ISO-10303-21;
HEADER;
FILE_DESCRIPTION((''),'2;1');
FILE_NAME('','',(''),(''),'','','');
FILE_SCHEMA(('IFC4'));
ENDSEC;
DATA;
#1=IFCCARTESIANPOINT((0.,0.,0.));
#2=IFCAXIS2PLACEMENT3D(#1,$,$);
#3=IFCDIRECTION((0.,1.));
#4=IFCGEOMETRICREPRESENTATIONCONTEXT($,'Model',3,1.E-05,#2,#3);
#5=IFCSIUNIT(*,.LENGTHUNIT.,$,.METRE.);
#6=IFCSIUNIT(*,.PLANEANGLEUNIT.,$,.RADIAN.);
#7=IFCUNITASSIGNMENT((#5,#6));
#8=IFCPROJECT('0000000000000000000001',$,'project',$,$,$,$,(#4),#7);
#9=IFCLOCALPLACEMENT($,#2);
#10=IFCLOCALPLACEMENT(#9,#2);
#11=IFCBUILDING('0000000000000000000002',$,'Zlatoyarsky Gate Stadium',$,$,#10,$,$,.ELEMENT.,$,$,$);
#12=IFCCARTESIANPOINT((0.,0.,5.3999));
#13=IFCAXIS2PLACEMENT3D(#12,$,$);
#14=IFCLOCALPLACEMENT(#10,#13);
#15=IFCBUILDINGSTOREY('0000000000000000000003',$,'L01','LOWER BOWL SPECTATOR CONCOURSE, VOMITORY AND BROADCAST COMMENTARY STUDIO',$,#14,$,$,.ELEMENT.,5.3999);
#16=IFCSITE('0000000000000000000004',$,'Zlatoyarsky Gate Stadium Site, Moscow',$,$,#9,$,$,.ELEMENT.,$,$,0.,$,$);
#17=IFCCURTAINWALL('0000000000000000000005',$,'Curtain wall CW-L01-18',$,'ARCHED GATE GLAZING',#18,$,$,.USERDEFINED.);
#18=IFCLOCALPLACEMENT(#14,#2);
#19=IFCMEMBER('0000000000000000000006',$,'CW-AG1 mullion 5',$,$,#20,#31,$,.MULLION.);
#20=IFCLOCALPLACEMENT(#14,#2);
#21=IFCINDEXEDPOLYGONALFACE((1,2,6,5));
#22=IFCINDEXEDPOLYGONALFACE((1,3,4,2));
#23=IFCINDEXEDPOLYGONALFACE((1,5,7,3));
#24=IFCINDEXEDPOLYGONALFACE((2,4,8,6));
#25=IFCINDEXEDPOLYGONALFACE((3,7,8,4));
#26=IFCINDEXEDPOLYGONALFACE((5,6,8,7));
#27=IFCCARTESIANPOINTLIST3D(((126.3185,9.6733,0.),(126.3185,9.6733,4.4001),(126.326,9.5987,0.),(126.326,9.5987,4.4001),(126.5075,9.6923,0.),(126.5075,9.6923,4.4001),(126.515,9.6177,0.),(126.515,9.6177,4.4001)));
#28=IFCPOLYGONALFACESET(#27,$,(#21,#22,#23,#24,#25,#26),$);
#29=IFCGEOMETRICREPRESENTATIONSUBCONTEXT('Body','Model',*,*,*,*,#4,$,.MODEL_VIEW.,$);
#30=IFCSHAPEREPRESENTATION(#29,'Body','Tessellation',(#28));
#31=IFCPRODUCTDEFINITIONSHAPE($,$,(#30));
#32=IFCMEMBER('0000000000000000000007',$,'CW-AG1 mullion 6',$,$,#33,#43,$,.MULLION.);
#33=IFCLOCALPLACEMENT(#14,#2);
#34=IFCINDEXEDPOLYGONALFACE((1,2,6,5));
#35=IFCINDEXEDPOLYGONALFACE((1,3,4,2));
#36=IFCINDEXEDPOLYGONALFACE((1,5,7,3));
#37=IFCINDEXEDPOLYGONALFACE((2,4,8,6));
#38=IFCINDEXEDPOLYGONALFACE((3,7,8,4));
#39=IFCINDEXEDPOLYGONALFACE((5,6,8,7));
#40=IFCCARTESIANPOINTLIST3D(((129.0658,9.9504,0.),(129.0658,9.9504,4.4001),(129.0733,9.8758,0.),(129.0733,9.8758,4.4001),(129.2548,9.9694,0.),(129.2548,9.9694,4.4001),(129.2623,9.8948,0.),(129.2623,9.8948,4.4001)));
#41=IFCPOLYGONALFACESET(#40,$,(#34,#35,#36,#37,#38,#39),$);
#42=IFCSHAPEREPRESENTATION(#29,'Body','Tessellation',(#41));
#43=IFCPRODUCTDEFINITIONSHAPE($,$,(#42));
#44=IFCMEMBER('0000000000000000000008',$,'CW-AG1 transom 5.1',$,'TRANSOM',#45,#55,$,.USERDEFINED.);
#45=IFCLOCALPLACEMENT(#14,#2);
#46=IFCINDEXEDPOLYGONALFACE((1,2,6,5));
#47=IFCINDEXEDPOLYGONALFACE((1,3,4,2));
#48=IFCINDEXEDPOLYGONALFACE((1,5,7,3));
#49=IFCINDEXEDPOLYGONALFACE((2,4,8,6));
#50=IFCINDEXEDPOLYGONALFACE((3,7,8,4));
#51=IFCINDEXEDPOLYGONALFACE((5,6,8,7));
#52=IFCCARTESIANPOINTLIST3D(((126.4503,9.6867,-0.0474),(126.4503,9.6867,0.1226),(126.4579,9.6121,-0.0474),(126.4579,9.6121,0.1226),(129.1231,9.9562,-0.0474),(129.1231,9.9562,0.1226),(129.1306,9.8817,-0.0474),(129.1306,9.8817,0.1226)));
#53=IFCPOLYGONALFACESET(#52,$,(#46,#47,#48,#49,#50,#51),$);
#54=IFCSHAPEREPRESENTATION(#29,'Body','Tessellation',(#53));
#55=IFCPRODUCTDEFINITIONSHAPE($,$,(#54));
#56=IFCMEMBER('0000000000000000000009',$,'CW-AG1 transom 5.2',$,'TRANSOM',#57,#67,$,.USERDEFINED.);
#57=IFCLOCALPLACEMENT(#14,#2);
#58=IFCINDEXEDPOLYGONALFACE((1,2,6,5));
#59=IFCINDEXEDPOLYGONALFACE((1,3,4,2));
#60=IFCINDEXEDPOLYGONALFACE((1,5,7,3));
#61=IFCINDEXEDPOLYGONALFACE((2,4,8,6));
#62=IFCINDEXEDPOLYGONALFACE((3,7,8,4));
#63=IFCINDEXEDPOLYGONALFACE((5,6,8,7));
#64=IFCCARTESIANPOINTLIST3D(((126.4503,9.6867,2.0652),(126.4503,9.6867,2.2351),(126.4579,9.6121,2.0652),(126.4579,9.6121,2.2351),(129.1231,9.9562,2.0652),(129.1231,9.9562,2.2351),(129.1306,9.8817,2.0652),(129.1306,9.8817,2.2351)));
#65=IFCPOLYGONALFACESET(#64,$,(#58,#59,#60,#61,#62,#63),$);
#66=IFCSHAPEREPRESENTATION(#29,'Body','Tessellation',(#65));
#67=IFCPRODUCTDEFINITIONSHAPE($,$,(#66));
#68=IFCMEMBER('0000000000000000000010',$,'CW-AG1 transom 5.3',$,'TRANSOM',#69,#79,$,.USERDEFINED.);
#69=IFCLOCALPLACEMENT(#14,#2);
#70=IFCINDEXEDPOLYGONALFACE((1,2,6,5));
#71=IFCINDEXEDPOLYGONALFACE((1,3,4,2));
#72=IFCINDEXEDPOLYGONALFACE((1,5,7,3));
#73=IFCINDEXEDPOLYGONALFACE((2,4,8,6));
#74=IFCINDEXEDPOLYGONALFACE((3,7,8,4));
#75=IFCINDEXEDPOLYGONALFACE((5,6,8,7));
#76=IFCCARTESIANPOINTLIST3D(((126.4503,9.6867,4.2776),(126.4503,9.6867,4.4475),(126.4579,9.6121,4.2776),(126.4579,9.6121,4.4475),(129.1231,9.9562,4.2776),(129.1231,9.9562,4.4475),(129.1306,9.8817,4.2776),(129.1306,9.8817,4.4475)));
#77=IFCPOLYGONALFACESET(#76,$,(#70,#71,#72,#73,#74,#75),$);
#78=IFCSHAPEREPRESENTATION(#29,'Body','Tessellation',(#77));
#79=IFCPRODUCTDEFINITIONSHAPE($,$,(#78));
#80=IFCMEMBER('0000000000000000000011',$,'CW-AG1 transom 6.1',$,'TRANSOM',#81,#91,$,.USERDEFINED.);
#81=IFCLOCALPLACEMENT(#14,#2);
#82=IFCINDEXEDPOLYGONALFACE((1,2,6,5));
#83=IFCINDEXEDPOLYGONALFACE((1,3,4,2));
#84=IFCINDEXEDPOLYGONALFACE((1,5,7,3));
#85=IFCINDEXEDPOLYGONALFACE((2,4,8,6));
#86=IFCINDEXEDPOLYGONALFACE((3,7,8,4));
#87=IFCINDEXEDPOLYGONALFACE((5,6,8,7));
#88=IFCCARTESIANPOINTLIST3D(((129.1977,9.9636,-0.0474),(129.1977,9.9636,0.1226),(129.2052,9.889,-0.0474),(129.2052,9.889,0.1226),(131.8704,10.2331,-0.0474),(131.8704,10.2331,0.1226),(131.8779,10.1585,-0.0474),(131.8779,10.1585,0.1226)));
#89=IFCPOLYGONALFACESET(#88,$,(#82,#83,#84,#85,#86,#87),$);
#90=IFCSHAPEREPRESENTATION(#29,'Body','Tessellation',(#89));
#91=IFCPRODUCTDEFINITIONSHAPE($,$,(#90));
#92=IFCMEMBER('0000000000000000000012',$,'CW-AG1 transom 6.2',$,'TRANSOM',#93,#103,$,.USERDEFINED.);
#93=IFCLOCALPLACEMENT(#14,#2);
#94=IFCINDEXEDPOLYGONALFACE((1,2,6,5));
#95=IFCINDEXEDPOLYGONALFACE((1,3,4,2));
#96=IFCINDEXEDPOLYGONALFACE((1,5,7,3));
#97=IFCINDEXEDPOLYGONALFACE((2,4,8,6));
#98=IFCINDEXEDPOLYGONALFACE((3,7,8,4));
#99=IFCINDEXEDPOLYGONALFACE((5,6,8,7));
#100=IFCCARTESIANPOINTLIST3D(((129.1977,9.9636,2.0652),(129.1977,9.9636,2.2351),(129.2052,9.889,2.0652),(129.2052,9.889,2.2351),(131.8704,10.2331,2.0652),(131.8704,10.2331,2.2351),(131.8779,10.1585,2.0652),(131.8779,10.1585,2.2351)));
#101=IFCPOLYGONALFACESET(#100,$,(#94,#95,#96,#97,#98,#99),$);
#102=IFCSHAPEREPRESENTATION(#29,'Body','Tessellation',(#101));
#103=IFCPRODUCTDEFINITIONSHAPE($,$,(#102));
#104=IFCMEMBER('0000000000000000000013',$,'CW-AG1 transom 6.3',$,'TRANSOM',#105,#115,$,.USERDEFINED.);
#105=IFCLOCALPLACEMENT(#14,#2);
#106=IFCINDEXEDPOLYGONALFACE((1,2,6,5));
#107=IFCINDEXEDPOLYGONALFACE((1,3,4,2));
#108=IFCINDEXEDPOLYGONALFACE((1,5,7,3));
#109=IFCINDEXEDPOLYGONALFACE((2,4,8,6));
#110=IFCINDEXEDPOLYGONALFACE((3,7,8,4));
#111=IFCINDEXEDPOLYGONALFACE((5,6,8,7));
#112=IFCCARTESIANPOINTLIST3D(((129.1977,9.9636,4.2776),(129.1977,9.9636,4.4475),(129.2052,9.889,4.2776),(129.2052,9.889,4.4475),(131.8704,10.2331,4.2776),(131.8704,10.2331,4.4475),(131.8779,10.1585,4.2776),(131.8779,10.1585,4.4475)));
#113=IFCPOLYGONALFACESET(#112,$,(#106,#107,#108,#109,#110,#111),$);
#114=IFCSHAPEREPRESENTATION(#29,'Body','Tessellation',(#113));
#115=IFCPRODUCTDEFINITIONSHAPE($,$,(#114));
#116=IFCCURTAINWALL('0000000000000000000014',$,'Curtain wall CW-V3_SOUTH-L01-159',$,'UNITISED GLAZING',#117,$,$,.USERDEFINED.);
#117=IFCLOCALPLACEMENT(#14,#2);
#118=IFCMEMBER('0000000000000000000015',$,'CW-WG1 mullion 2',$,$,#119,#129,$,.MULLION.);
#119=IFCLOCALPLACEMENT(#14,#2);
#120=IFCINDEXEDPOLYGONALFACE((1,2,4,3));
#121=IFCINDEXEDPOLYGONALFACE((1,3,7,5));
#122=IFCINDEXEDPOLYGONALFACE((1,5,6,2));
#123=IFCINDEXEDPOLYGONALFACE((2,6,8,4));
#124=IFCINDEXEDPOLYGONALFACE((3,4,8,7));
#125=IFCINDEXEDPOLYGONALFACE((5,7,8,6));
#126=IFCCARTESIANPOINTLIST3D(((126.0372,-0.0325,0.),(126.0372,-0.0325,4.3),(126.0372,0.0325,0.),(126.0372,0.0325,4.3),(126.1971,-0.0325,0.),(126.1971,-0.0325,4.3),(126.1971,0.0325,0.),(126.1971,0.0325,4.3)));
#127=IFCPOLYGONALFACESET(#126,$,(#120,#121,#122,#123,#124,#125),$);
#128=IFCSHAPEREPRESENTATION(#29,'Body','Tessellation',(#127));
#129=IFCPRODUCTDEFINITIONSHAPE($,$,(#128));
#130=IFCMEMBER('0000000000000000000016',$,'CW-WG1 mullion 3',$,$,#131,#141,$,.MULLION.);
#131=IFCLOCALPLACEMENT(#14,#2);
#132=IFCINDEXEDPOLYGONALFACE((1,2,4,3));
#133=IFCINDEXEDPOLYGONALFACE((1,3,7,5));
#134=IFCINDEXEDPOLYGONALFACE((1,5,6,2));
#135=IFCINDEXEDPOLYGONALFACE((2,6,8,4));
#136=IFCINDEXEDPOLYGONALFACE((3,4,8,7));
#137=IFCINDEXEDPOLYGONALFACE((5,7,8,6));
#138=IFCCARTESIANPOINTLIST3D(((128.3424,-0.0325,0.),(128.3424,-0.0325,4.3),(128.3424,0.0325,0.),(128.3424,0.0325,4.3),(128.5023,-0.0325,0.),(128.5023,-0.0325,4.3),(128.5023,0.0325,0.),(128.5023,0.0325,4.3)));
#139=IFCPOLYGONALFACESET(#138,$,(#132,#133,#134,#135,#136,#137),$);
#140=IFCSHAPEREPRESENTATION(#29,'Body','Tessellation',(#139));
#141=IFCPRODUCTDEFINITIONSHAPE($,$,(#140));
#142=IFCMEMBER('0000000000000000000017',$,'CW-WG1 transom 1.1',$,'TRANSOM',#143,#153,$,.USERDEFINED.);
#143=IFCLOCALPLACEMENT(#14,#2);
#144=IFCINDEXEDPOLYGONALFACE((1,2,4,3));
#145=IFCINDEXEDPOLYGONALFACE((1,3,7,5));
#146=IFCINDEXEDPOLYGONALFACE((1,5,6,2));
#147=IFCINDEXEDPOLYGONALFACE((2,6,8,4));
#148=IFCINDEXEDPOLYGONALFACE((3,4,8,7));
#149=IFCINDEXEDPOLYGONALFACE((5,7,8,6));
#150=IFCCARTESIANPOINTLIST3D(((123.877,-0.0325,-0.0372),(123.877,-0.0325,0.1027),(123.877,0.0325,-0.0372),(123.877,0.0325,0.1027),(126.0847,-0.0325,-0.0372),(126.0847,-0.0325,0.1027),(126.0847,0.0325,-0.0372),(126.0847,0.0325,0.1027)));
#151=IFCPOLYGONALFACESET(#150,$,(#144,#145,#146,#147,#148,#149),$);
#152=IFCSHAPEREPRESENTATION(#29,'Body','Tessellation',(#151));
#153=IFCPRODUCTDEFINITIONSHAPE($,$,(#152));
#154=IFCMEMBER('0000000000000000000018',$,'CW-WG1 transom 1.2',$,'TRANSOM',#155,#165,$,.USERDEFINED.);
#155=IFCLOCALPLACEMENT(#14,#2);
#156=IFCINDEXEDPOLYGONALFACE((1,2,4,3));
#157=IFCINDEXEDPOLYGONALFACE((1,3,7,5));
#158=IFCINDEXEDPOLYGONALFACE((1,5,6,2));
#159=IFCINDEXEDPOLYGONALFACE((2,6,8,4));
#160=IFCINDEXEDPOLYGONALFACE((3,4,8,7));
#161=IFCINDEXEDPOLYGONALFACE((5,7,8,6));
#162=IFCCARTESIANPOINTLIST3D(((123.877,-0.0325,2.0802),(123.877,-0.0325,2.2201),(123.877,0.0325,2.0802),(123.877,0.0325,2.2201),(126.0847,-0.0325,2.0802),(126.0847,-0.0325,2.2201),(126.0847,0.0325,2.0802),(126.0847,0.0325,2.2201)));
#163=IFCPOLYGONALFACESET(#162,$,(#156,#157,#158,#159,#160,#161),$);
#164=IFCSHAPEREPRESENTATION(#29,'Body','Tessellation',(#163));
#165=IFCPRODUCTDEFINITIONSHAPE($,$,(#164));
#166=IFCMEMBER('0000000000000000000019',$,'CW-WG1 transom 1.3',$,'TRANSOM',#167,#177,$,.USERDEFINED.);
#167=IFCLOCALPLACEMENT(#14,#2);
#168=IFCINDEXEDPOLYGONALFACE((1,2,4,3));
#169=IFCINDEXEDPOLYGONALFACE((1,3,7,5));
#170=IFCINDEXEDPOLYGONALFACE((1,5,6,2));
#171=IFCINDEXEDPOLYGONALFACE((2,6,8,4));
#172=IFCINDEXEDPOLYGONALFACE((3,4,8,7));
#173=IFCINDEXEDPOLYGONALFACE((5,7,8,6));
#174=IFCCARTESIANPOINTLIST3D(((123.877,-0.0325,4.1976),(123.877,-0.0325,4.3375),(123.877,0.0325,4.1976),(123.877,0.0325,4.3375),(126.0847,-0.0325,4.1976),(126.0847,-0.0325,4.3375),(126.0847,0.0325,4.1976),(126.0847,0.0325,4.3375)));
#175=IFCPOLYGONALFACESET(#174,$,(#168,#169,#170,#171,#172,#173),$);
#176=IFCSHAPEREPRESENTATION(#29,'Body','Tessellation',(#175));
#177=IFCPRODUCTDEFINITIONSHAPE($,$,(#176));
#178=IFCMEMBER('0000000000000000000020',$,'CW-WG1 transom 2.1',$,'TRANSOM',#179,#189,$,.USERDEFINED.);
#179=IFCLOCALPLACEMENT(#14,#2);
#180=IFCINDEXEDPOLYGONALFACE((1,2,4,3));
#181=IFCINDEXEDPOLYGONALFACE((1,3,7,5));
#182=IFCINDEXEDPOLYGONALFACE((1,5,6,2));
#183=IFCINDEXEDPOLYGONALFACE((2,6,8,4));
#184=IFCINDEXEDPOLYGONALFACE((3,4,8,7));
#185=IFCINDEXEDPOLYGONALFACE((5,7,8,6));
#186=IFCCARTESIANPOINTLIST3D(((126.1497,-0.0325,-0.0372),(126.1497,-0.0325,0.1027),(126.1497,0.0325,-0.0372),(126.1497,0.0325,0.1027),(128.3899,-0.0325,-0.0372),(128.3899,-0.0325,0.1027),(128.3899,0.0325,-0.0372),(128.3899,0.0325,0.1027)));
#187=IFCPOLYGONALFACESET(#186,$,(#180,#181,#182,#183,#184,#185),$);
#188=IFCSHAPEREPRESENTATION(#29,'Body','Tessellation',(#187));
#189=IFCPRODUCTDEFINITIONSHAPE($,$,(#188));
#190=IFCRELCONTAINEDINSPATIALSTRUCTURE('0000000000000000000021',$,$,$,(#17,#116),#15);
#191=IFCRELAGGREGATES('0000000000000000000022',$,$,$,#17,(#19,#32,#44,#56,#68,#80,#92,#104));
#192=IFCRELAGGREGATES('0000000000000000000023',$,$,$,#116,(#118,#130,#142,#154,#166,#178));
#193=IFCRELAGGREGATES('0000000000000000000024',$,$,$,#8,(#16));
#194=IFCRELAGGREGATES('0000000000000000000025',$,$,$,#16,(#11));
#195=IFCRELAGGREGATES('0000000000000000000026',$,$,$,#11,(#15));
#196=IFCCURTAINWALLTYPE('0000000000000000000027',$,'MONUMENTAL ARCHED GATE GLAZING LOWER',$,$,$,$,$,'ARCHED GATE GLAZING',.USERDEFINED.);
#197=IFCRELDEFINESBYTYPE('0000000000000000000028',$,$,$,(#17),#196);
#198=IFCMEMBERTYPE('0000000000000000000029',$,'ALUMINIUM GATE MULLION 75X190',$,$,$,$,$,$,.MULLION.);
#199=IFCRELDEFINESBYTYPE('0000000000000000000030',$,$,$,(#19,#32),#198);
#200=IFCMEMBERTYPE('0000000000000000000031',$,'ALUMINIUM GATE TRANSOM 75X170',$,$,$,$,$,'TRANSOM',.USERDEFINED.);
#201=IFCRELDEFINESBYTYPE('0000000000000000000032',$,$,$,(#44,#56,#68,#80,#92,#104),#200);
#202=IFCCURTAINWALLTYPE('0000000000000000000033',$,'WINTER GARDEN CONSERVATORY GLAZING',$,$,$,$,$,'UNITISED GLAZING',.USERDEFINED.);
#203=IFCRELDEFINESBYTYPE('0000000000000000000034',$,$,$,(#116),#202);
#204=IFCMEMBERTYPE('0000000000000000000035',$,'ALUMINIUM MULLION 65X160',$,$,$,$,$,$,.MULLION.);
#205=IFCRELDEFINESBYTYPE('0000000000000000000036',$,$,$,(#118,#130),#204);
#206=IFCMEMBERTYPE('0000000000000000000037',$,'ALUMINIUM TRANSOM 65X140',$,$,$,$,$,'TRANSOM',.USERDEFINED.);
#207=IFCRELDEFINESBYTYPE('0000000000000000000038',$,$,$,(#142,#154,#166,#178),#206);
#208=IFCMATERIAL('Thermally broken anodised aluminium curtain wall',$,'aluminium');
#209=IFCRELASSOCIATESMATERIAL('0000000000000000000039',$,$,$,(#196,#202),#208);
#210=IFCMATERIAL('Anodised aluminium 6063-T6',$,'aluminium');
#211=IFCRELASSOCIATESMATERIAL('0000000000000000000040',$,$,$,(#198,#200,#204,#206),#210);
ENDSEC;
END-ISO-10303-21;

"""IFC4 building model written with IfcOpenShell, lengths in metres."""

from ifc_helpers import new_model, si_unit, direction, frame, origin, origin_2d, place, context, subcontext, project, spatial, rectangle, extrude, material, material_profile, profile_set, type_object, element, aggregate, save


model = new_model("IFC4")

# Units and contexts
model_context = context("Model", 3, precision=1e-05, world=origin(), true_north=direction((0.0, 1.0)))
body_context = subcontext(model_context, "Body", "Model", "MODEL_VIEW")
ifc_project = project(units=[si_unit("LENGTHUNIT", "METRE"), si_unit("PLANEANGLEUNIT", "RADIAN")], contexts=[model_context])

# Site, building, storey
site_placement = place(None, origin())
site = spatial("IfcSite", under=ifc_project, at=site_placement, Name="Zlatoyarsky Gate Stadium Site, Moscow", CompositionType="ELEMENT", RefElevation=0.0)
building_placement = place(site_placement, origin())
building = spatial("IfcBuilding", under=site, at=building_placement, Name="Zlatoyarsky Gate Stadium", CompositionType="ELEMENT")
storey_placement = place(building_placement, frame((0.0, 0.0, 5.3999)))
storey = spatial("IfcBuildingStorey", under=building, at=storey_placement, Name="L01", Description="LOWER BOWL SPECTATOR CONCOURSE, VOMITORY AND BROADCAST COMMENTARY STUDIO", CompositionType="ELEMENT", Elevation=5.3999)

# Curtain walls, members
ifc_material_1 = material(Name="Thermally broken anodised aluminium curtain wall", Category="aluminium")
curtain_wall_type_1 = type_object("IfcCurtainWallType", Name="MONUMENTAL ARCHED GATE GLAZING LOWER", ElementType="ARCHED GATE GLAZING", PredefinedType="USERDEFINED", material=ifc_material_1)
curtain_wall_1_placement = place(storey_placement, origin())
curtain_wall_1 = element("IfcCurtainWall", 1, at=curtain_wall_1_placement, inside=storey, type_object=curtain_wall_type_1, Name="Curtain wall CW-L01-18", ObjectType="ARCHED GATE GLAZING", PredefinedType="USERDEFINED")
ifc_material_2 = material(Name="Anodised aluminium 6063-T6", Category="aluminium")
ifc_material_profile_1 = material_profile(ifc_material_2, rectangle(XDim=0.075, YDim=0.1899, at=origin_2d()), Name="ALU 75X190")
ifc_profile_set_1 = profile_set([ifc_material_profile_1], Name="Anodised aluminium 6063-T6")
member_type_1 = type_object("IfcMemberType", Name="ALUMINIUM GATE MULLION 75X190", PredefinedType="MULLION", material=ifc_profile_set_1)
member_1_placement = place(storey_placement, frame((126.4167, 9.6455, 0.0), z_axis=(0.0, 0.0, 1.0), x_axis=(-0.100303, 0.994957, 0.0)))
member_1 = element("IfcMember", 2, at=member_1_placement, type_object=member_type_1, Name="CW-AG1 mullion 5", PredefinedType="MULLION", context=body_context, shape_type="SweptSolid", body=[
    extrude(rectangle(XDim=0.075, YDim=0.1899, at=origin_2d()), origin(), (0.0, 0.0, 1.0), 4.4001),
])
member_2_placement = place(storey_placement, frame((129.1641, 9.9226, 0.0), z_axis=(0.0, 0.0, 1.0), x_axis=(-0.100303, 0.994957, 0.0)))
member_2 = element("IfcMember", 3, at=member_2_placement, type_object=member_type_1, Name="CW-AG1 mullion 6", PredefinedType="MULLION", context=body_context, shape_type="SweptSolid", body=[
    extrude(rectangle(XDim=0.075, YDim=0.1899, at=origin_2d()), origin(), (0.0, 0.0, 1.0), 4.4001),
])
ifc_material_profile_2 = material_profile(ifc_material_2, rectangle(XDim=0.075, YDim=0.1699, at=origin_2d()), Name="ALU 75X170")
ifc_profile_set_2 = profile_set([ifc_material_profile_2], Name="Anodised aluminium 6063-T6")
member_type_2 = type_object("IfcMemberType", Name="ALUMINIUM GATE TRANSOM 75X170", ElementType="TRANSOM", PredefinedType="USERDEFINED", material=ifc_profile_set_2)
member_3_placement = place(storey_placement, frame((126.4541, 9.6494, 0.0376), z_axis=(0.994953, 0.100341, 0.0), x_axis=(-0.100341, 0.994953, 0.0)))
member_3 = element("IfcMember", 4, at=member_3_placement, type_object=member_type_2, Name="CW-AG1 transom 5.1", ObjectType="TRANSOM", PredefinedType="USERDEFINED", context=body_context, shape_type="SweptSolid", body=[
    extrude(rectangle(XDim=0.075, YDim=0.1699, at=origin_2d()), origin(), (0.0, 0.0, 1.0), 2.6863),
])
member_4_placement = place(storey_placement, frame((126.4541, 9.6494, 2.1501), z_axis=(0.994953, 0.100341, 0.0), x_axis=(-0.100341, 0.994953, 0.0)))
member_4 = element("IfcMember", 5, at=member_4_placement, type_object=member_type_2, Name="CW-AG1 transom 5.2", ObjectType="TRANSOM", PredefinedType="USERDEFINED", context=body_context, shape_type="SweptSolid", body=[
    extrude(rectangle(XDim=0.075, YDim=0.1699, at=origin_2d()), origin(), (0.0, 0.0, 1.0), 2.6863),
])
member_5_placement = place(storey_placement, frame((126.4541, 9.6494, 4.3625), z_axis=(0.994953, 0.100341, 0.0), x_axis=(-0.100341, 0.994953, 0.0)))
member_5 = element("IfcMember", 6, at=member_5_placement, type_object=member_type_2, Name="CW-AG1 transom 5.3", ObjectType="TRANSOM", PredefinedType="USERDEFINED", context=body_context, shape_type="SweptSolid", body=[
    extrude(rectangle(XDim=0.075, YDim=0.1699, at=origin_2d()), origin(), (0.0, 0.0, 1.0), 2.6863),
])
member_6_placement = place(storey_placement, frame((129.2014, 9.9263, 0.0376), z_axis=(0.994953, 0.100341, 0.0), x_axis=(-0.100341, 0.994953, 0.0)))
member_6 = element("IfcMember", 7, at=member_6_placement, type_object=member_type_2, Name="CW-AG1 transom 6.1", ObjectType="TRANSOM", PredefinedType="USERDEFINED", context=body_context, shape_type="SweptSolid", body=[
    extrude(rectangle(XDim=0.075, YDim=0.1699, at=origin_2d()), origin(), (0.0, 0.0, 1.0), 2.6863),
])
member_7_placement = place(storey_placement, frame((129.2014, 9.9263, 2.1501), z_axis=(0.994953, 0.100341, 0.0), x_axis=(-0.100341, 0.994953, 0.0)))
member_7 = element("IfcMember", 8, at=member_7_placement, type_object=member_type_2, Name="CW-AG1 transom 6.2", ObjectType="TRANSOM", PredefinedType="USERDEFINED", context=body_context, shape_type="SweptSolid", body=[
    extrude(rectangle(XDim=0.075, YDim=0.1699, at=origin_2d()), origin(), (0.0, 0.0, 1.0), 2.6863),
])
member_8_placement = place(storey_placement, frame((129.2014, 9.9263, 4.3625), z_axis=(0.994953, 0.100341, 0.0), x_axis=(-0.100341, 0.994953, 0.0)))
member_8 = element("IfcMember", 9, at=member_8_placement, type_object=member_type_2, Name="CW-AG1 transom 6.3", ObjectType="TRANSOM", PredefinedType="USERDEFINED", context=body_context, shape_type="SweptSolid", body=[
    extrude(rectangle(XDim=0.075, YDim=0.1699, at=origin_2d()), origin(), (0.0, 0.0, 1.0), 2.6863),
])
curtain_wall_type_2 = type_object("IfcCurtainWallType", Name="WINTER GARDEN CONSERVATORY GLAZING", ElementType="UNITISED GLAZING", PredefinedType="USERDEFINED", material=ifc_material_1)
curtain_wall_2_placement = place(storey_placement, origin())
curtain_wall_2 = element("IfcCurtainWall", 10, at=curtain_wall_2_placement, inside=storey, type_object=curtain_wall_type_2, Name="Curtain wall CW-V3_SOUTH-L01-159", ObjectType="UNITISED GLAZING", PredefinedType="USERDEFINED")
ifc_material_profile_3 = material_profile(ifc_material_2, rectangle(XDim=0.0649, YDim=0.1599, at=origin_2d()), Name="ALU 65X160")
ifc_profile_set_3 = profile_set([ifc_material_profile_3], Name="Anodised aluminium 6063-T6")
member_type_3 = type_object("IfcMemberType", Name="ALUMINIUM MULLION 65X160", PredefinedType="MULLION", material=ifc_profile_set_3)
member_9_placement = place(storey_placement, frame((126.1172, 0.0, 0.0), z_axis=(0.0, 0.0, 1.0), x_axis=(0.0, 1.0, 0.0)))
member_9 = element("IfcMember", 11, at=member_9_placement, type_object=member_type_3, Name="CW-WG1 mullion 2", PredefinedType="MULLION", context=body_context, shape_type="SweptSolid", body=[
    extrude(rectangle(XDim=0.0649, YDim=0.1599, at=origin_2d()), origin(), (0.0, 0.0, 1.0), 4.3),
])
member_10_placement = place(storey_placement, frame((128.4224, 0.0, 0.0), z_axis=(0.0, 0.0, 1.0), x_axis=(0.0, 1.0, 0.0)))
member_10 = element("IfcMember", 12, at=member_10_placement, type_object=member_type_3, Name="CW-WG1 mullion 3", PredefinedType="MULLION", context=body_context, shape_type="SweptSolid", body=[
    extrude(rectangle(XDim=0.0649, YDim=0.1599, at=origin_2d()), origin(), (0.0, 0.0, 1.0), 4.3),
])
ifc_material_profile_4 = material_profile(ifc_material_2, rectangle(XDim=0.0649, YDim=0.1399, at=origin_2d()), Name="ALU 65X140")
ifc_profile_set_4 = profile_set([ifc_material_profile_4], Name="Anodised aluminium 6063-T6")
member_type_4 = type_object("IfcMemberType", Name="ALUMINIUM TRANSOM 65X140", ElementType="TRANSOM", PredefinedType="USERDEFINED", material=ifc_profile_set_4)
member_11_placement = place(storey_placement, frame((123.877, 0.0, 0.0327), z_axis=(1.0, 0.0, 0.0), x_axis=(0.0, 1.0, 0.0)))
member_11 = element("IfcMember", 13, at=member_11_placement, type_object=member_type_4, Name="CW-WG1 transom 1.1", ObjectType="TRANSOM", PredefinedType="USERDEFINED", context=body_context, shape_type="SweptSolid", body=[
    extrude(rectangle(XDim=0.0649, YDim=0.1399, at=origin_2d()), origin(), (0.0, 0.0, 1.0), 2.2078),
])
member_12_placement = place(storey_placement, frame((123.877, 0.0, 2.1501), z_axis=(1.0, 0.0, 0.0), x_axis=(0.0, 1.0, 0.0)))
member_12 = element("IfcMember", 14, at=member_12_placement, type_object=member_type_4, Name="CW-WG1 transom 1.2", ObjectType="TRANSOM", PredefinedType="USERDEFINED", context=body_context, shape_type="SweptSolid", body=[
    extrude(rectangle(XDim=0.0649, YDim=0.1399, at=origin_2d()), origin(), (0.0, 0.0, 1.0), 2.2078),
])
member_13_placement = place(storey_placement, frame((123.877, 0.0, 4.2676), z_axis=(1.0, 0.0, 0.0), x_axis=(0.0, 1.0, 0.0)))
member_13 = element("IfcMember", 15, at=member_13_placement, type_object=member_type_4, Name="CW-WG1 transom 1.3", ObjectType="TRANSOM", PredefinedType="USERDEFINED", context=body_context, shape_type="SweptSolid", body=[
    extrude(rectangle(XDim=0.0649, YDim=0.1399, at=origin_2d()), origin(), (0.0, 0.0, 1.0), 2.2078),
])
member_14_placement = place(storey_placement, frame((126.1497, 0.0, 0.0327), z_axis=(1.0, 0.0, 0.0), x_axis=(0.0, 1.0, 0.0)))
member_14 = element("IfcMember", 16, at=member_14_placement, type_object=member_type_4, Name="CW-WG1 transom 2.1", ObjectType="TRANSOM", PredefinedType="USERDEFINED", context=body_context, shape_type="SweptSolid", body=[
    extrude(rectangle(XDim=0.0649, YDim=0.1399, at=origin_2d()), origin(), (0.0, 0.0, 1.0), 2.2402),
])

aggregate(curtain_wall_1, [member_1, member_2, member_3, member_4, member_5, member_6, member_7, member_8])
aggregate(curtain_wall_2, [member_9, member_10, member_11, member_12, member_13, member_14])

save(model, "model.ifc")
